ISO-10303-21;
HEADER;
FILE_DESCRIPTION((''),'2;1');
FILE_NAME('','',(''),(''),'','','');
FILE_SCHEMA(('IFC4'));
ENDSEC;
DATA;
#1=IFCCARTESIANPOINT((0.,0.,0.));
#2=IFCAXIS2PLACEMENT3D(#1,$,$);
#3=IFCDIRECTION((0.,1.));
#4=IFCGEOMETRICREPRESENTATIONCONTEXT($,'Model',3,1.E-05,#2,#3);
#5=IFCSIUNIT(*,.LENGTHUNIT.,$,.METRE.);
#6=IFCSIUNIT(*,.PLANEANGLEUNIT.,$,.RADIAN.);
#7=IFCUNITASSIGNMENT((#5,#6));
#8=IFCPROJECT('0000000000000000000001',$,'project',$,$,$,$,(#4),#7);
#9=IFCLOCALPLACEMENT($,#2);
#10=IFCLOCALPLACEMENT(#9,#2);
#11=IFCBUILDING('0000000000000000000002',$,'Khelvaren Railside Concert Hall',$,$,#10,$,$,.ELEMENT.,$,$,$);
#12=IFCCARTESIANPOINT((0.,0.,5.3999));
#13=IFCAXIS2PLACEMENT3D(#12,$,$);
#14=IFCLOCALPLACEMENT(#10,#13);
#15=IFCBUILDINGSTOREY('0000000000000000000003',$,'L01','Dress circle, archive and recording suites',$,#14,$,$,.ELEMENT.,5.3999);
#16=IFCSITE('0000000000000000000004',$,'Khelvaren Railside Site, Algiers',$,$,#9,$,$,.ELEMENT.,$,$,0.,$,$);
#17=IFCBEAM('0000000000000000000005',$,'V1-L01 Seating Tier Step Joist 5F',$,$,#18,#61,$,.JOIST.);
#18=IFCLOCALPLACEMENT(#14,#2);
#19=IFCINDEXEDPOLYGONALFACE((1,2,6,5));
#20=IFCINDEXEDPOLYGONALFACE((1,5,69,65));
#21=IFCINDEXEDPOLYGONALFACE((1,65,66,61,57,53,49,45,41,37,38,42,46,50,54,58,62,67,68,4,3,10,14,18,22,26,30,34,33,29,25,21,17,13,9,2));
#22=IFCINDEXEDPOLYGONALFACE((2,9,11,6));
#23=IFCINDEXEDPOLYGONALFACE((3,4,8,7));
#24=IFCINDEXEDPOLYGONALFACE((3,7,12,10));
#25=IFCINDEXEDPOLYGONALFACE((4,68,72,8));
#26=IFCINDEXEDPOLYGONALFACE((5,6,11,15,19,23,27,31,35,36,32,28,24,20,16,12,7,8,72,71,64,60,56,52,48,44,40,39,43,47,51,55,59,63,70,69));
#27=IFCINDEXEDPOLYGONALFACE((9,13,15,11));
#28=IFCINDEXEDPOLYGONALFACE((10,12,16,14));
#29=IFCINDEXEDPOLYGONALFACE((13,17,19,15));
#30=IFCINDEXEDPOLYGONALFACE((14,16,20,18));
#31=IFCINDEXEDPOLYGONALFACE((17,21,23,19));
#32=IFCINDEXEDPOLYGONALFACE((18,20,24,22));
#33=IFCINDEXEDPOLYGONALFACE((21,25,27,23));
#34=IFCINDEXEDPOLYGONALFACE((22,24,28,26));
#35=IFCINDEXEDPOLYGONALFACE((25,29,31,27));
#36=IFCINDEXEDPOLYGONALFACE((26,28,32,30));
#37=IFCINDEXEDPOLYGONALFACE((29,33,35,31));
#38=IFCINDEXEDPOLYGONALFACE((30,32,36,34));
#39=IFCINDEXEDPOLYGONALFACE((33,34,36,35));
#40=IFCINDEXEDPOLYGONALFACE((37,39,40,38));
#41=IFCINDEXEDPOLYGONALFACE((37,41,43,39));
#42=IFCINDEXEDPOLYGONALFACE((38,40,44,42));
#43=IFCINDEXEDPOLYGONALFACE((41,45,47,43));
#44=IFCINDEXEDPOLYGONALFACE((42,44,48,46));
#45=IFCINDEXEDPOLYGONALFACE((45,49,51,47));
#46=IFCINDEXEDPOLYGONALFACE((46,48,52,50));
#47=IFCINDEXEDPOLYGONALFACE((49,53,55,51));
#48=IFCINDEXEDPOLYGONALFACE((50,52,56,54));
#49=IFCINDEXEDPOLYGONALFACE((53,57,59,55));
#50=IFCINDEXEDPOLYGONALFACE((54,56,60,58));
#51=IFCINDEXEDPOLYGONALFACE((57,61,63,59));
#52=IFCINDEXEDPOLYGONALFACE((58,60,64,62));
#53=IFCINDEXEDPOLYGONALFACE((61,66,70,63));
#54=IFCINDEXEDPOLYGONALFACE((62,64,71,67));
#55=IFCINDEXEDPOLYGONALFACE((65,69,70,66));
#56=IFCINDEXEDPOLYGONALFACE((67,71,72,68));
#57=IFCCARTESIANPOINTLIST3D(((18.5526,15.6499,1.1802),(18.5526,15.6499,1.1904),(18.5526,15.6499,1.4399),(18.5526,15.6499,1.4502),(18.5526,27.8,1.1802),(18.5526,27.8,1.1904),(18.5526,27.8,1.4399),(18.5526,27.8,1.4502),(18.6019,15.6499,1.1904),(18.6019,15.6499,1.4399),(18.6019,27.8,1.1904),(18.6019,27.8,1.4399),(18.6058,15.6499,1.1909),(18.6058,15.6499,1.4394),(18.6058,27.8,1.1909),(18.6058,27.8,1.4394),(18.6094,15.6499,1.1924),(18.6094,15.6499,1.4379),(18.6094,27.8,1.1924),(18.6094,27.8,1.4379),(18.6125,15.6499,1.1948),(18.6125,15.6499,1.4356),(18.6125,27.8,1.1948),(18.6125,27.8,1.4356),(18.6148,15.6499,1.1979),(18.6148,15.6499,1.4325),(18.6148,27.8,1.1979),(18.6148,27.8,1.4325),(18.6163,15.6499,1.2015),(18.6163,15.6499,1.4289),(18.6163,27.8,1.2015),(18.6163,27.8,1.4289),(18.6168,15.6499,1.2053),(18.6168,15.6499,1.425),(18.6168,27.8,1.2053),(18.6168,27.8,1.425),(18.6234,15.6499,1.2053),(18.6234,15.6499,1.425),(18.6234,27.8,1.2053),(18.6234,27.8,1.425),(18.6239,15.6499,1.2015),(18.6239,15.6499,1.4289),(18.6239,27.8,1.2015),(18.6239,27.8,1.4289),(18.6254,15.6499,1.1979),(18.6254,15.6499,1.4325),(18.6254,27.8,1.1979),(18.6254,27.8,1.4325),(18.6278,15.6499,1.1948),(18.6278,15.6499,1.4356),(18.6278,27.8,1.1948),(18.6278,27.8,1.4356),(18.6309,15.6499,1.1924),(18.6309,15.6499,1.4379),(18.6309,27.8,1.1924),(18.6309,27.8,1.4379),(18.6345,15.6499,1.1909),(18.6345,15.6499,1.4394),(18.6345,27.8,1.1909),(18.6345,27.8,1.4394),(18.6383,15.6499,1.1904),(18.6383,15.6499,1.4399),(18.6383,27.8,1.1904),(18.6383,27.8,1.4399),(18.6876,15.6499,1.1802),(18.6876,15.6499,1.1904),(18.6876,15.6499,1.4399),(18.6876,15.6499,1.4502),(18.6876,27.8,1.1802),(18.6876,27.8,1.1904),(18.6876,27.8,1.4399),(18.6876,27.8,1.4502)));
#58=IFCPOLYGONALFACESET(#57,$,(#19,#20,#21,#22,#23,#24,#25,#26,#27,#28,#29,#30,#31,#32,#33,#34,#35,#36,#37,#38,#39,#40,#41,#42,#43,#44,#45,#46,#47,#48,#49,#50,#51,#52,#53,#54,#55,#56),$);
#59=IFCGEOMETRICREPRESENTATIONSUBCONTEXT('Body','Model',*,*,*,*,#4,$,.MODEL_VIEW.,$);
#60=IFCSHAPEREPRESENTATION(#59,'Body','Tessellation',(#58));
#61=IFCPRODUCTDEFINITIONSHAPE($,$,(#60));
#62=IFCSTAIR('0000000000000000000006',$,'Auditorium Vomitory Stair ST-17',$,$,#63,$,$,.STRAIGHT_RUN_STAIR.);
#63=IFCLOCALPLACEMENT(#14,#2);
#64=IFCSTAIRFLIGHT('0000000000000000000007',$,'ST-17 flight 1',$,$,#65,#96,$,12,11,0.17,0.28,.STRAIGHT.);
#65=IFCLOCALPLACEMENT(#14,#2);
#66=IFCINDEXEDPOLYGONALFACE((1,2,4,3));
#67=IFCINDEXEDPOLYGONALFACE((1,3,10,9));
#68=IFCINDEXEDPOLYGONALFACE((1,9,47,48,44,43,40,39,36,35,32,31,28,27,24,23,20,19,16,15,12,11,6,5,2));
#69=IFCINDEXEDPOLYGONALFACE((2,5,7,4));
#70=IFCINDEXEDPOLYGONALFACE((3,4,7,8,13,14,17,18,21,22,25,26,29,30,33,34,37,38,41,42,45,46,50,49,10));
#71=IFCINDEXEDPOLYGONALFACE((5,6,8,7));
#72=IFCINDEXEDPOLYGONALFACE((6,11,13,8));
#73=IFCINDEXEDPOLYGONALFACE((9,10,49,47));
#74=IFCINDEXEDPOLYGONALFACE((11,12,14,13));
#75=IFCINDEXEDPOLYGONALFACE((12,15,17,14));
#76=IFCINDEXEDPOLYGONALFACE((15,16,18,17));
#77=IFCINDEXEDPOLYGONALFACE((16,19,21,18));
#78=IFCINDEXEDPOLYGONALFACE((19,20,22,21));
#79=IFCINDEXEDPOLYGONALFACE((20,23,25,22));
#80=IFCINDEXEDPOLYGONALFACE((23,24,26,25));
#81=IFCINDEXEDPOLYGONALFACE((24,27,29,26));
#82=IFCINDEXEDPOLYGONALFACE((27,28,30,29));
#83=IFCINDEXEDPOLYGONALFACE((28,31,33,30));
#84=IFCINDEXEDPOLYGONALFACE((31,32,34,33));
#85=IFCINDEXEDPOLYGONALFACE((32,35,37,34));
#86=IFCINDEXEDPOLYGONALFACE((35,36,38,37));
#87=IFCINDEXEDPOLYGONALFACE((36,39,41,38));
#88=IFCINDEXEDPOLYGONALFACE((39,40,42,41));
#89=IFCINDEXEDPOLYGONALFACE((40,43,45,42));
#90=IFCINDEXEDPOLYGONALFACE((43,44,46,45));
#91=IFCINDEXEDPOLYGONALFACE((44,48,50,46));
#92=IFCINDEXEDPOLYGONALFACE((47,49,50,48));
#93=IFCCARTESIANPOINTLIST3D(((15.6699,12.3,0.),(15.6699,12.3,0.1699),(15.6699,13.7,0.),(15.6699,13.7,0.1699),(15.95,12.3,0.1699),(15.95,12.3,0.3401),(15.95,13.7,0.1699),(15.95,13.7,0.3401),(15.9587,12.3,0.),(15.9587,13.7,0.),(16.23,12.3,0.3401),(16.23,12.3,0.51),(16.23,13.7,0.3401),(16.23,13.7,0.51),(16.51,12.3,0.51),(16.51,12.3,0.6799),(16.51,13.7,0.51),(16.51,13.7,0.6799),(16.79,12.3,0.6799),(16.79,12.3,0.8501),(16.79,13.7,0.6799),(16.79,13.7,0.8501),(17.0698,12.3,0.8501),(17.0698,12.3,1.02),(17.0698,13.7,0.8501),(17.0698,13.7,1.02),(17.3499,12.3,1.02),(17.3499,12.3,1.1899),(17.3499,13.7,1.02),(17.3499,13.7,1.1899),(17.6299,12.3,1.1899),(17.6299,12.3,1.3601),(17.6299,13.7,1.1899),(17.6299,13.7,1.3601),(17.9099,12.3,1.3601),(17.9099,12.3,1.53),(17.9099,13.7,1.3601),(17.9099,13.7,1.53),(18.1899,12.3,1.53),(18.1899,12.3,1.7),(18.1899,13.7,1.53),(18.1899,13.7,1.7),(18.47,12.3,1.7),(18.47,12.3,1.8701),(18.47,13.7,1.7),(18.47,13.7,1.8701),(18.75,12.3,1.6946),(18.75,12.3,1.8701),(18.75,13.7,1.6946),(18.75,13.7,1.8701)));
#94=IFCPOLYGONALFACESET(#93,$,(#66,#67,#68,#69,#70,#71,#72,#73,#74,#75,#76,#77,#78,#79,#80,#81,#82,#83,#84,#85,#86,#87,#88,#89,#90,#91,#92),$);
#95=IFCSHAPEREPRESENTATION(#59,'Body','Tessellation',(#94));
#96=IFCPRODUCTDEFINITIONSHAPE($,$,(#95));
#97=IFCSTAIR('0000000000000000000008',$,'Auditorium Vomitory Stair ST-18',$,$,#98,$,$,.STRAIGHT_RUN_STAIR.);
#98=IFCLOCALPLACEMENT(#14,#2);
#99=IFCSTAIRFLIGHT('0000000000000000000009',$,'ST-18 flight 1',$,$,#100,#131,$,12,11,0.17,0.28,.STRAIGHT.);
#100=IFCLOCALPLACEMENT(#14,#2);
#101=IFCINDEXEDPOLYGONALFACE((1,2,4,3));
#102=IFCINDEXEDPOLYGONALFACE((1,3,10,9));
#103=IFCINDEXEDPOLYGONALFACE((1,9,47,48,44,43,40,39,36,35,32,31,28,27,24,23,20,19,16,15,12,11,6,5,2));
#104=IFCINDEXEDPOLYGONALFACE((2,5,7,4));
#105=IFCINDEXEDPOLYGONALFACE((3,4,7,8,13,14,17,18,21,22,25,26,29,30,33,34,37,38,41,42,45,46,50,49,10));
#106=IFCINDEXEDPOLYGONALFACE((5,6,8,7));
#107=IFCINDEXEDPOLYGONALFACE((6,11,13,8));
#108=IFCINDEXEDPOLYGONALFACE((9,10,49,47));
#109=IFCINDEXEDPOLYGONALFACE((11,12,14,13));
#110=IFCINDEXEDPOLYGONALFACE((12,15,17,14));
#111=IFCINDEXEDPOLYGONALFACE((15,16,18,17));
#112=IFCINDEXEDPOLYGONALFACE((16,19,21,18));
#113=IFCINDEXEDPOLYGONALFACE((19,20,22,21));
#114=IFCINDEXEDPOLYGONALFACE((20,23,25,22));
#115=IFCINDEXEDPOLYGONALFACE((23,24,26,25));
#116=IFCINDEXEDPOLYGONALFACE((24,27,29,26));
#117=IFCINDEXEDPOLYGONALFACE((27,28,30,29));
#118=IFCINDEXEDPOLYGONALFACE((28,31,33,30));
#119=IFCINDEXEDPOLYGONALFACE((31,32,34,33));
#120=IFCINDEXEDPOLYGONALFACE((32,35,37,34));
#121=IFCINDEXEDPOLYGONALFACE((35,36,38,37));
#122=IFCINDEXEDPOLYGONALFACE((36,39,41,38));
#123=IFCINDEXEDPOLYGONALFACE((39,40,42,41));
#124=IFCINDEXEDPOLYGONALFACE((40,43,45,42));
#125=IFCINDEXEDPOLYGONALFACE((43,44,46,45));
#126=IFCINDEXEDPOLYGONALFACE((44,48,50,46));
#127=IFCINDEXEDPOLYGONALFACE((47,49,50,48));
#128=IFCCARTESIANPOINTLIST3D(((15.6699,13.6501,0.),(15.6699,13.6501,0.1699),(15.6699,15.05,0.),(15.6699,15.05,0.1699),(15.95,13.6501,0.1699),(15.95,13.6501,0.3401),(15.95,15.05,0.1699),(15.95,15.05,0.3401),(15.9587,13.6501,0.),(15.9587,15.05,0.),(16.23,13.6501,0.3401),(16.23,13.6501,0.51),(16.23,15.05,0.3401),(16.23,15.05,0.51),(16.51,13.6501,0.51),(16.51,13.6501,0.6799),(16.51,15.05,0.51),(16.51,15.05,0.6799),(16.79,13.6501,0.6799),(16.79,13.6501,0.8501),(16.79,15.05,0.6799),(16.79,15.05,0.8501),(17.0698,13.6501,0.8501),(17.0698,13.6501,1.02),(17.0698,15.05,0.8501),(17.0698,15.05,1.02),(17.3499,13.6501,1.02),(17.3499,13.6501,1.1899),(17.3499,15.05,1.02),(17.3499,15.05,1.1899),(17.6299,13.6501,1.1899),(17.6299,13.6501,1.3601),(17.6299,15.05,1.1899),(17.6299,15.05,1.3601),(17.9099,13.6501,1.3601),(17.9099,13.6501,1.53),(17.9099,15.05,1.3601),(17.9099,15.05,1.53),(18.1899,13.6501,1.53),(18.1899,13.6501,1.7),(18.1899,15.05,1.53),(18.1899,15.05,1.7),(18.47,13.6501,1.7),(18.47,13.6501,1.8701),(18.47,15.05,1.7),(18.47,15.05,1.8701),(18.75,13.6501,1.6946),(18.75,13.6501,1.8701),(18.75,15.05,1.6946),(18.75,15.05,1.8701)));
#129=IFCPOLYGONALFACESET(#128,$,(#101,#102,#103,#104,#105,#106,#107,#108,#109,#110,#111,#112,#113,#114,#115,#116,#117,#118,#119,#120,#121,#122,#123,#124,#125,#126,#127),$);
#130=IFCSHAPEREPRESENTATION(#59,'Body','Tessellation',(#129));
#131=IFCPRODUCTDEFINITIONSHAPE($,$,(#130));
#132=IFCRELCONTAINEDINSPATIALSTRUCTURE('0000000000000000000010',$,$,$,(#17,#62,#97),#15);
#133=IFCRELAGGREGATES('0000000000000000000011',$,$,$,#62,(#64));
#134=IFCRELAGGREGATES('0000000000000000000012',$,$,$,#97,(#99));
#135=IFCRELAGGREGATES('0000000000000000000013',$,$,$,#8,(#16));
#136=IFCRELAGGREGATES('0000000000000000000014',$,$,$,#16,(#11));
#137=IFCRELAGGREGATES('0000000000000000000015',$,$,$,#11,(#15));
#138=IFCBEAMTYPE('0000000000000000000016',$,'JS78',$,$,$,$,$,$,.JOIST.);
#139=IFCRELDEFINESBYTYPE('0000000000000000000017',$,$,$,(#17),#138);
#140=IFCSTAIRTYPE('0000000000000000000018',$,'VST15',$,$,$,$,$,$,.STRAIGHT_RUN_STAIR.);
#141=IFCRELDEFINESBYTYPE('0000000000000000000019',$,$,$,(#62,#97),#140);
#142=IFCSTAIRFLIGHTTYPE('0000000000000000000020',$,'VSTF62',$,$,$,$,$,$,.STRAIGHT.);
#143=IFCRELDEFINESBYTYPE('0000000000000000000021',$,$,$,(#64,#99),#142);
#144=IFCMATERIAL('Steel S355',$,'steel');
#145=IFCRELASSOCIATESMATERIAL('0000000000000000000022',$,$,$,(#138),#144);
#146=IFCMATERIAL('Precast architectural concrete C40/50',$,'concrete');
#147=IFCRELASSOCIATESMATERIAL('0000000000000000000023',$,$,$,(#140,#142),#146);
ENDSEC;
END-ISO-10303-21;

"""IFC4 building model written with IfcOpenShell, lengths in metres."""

from ifc_helpers import new_model, si_unit, direction, frame, origin, origin_2d, place, context, subcontext, project, spatial, polyline, i_section, outline, extrude, material, material_profile, profile_set, type_object, element, aggregate, save


model = new_model("IFC4")

# Units and contexts
model_context = context("Model", 3, precision=1e-05, world=origin(), true_north=direction((0.0, 1.0)))
body_context = subcontext(model_context, "Body", "Model", "MODEL_VIEW")
ifc_project = project(units=[si_unit("LENGTHUNIT", "METRE"), si_unit("PLANEANGLEUNIT", "RADIAN")], contexts=[model_context])

# Site, building, storey
site_placement = place(None, origin())
site = spatial("IfcSite", under=ifc_project, at=site_placement, Name="Khelvaren Railside Site, Algiers", CompositionType="ELEMENT", RefElevation=0.0)
building_placement = place(site_placement, origin())
building = spatial("IfcBuilding", under=site, at=building_placement, Name="Khelvaren Railside Concert Hall", CompositionType="ELEMENT")
storey_placement = place(building_placement, frame((0.0, 0.0, 5.3999)))
storey = spatial("IfcBuildingStorey", under=building, at=storey_placement, Name="L01", Description="Dress circle, archive and recording suites", CompositionType="ELEMENT", Elevation=5.3999)

# Beam
ifc_material_1 = material(Name="Steel S355", Category="steel")
ifc_material_profile_1 = material_profile(ifc_material_1, i_section(OverallWidth=0.135, OverallDepth=0.27, WebThickness=0.0066, FlangeThickness=0.0103, FilletRadius=0.0149, at=origin_2d()), Name="IPE 270")
ifc_profile_set_1 = profile_set([ifc_material_profile_1], Name="Steel S355")
beam_type_1 = type_object("IfcBeamType", Name="JS78", PredefinedType="JOIST", material=ifc_profile_set_1)
for number, where, z_axis, x_axis, name in (
    (1, (18.6201, 15.6499, 1.3152), (0.0, 1.0, 0.0), (-1.0, 0.0, 0.0), "V1-L01 Seating Tier Step Joist 5F"),
):
    element("IfcBeam", number, at=place(storey_placement, frame(where, z_axis=z_axis, x_axis=x_axis)), inside=storey, type_object=beam_type_1, Name=name, PredefinedType="JOIST", context=body_context, shape_type="SweptSolid", body=[
        extrude(i_section(OverallWidth=0.135, OverallDepth=0.27, WebThickness=0.0066, FlangeThickness=0.0103, FilletRadius=0.0149, at=origin_2d()), origin(), (0.0, 0.0, 1.0), 12.1501),
    ])

# Stairs, stair flights
ifc_material_2 = material(Name="Precast architectural concrete C40/50", Category="concrete")
stair_type = type_object("IfcStairType", Name="VST15", PredefinedType="STRAIGHT_RUN_STAIR", material=ifc_material_2)
stair_1_placement = place(storey_placement, origin())
stair_1 = element("IfcStair", 2, at=stair_1_placement, inside=storey, type_object=stair_type, Name="Auditorium Vomitory Stair ST-17", PredefinedType="STRAIGHT_RUN_STAIR")
stair_flight_type = type_object("IfcStairFlightType", Name="VSTF62", PredefinedType="STRAIGHT", material=ifc_material_2)
stair_flight_1_placement = place(storey_placement, frame((15.6699, 13.0, 0.0), z_axis=(0.0, 0.0, 1.0), x_axis=(1.0, 0.0, 0.0)))
stair_flight_1 = element("IfcStairFlight", 3, at=stair_flight_1_placement, type_object=stair_flight_type, Name="ST-17 flight 1", NumberOfRisers=12, NumberOfTreads=11, PredefinedType="STRAIGHT", RiserHeight=0.17, TreadLength=0.28, context=body_context, shape_type="SweptSolid", body=[
    extrude(outline(polyline([(0.0, 0.0), (0.0, 0.1699), (0.28, 0.1699), (0.28, 0.3401), (0.5601, 0.3401), (0.5601, 0.51), (0.8401, 0.51), (0.8401, 0.6799), (1.1201, 0.6799), (1.1201, 0.8501), (1.3999, 0.8501), (1.3999, 1.02), (1.6799, 1.02), (1.6799, 1.1899), (1.96, 1.1899), (1.96, 1.3601), (2.24, 1.3601), (2.24, 1.53), (2.52, 1.53), (2.52, 1.7), (2.8, 1.7), (2.8, 1.8701), (3.0801, 1.8701), (3.0801, 2.04), (3.0801, 1.6946), (0.2888, 0.0), (0.0, 0.0)])), frame((0.0, 0.7, 0.0), z_axis=(0.0, -1.0, 0.0), x_axis=(1.0, 0.0, 0.0)), (0.0, 0.0, 1.0), 1.3999),
])
aggregate(stair_1, [stair_flight_1])
stair_2_placement = place(storey_placement, origin())
stair_2 = element("IfcStair", 4, at=stair_2_placement, inside=storey, type_object=stair_type, Name="Auditorium Vomitory Stair ST-18", PredefinedType="STRAIGHT_RUN_STAIR")
stair_flight_2_placement = place(storey_placement, frame((15.6699, 14.3501, 0.0), z_axis=(0.0, 0.0, 1.0), x_axis=(1.0, 0.0, 0.0)))
stair_flight_2 = element("IfcStairFlight", 5, at=stair_flight_2_placement, type_object=stair_flight_type, Name="ST-18 flight 1", NumberOfRisers=12, NumberOfTreads=11, PredefinedType="STRAIGHT", RiserHeight=0.17, TreadLength=0.28, context=body_context, shape_type="SweptSolid", body=[
    extrude(outline(polyline([(0.0, 0.0), (0.0, 0.1699), (0.28, 0.1699), (0.28, 0.3401), (0.5601, 0.3401), (0.5601, 0.51), (0.8401, 0.51), (0.8401, 0.6799), (1.1201, 0.6799), (1.1201, 0.8501), (1.3999, 0.8501), (1.3999, 1.02), (1.6799, 1.02), (1.6799, 1.1899), (1.96, 1.1899), (1.96, 1.3601), (2.24, 1.3601), (2.24, 1.53), (2.52, 1.53), (2.52, 1.7), (2.8, 1.7), (2.8, 1.8701), (3.0801, 1.8701), (3.0801, 2.04), (3.0801, 1.6946), (0.2888, 0.0), (0.0, 0.0)])), frame((0.0, 0.7, 0.0), z_axis=(0.0, -1.0, 0.0), x_axis=(1.0, 0.0, 0.0)), (0.0, 0.0, 1.0), 1.3999),
])
aggregate(stair_2, [stair_flight_2])

save(model, "model.ifc")
